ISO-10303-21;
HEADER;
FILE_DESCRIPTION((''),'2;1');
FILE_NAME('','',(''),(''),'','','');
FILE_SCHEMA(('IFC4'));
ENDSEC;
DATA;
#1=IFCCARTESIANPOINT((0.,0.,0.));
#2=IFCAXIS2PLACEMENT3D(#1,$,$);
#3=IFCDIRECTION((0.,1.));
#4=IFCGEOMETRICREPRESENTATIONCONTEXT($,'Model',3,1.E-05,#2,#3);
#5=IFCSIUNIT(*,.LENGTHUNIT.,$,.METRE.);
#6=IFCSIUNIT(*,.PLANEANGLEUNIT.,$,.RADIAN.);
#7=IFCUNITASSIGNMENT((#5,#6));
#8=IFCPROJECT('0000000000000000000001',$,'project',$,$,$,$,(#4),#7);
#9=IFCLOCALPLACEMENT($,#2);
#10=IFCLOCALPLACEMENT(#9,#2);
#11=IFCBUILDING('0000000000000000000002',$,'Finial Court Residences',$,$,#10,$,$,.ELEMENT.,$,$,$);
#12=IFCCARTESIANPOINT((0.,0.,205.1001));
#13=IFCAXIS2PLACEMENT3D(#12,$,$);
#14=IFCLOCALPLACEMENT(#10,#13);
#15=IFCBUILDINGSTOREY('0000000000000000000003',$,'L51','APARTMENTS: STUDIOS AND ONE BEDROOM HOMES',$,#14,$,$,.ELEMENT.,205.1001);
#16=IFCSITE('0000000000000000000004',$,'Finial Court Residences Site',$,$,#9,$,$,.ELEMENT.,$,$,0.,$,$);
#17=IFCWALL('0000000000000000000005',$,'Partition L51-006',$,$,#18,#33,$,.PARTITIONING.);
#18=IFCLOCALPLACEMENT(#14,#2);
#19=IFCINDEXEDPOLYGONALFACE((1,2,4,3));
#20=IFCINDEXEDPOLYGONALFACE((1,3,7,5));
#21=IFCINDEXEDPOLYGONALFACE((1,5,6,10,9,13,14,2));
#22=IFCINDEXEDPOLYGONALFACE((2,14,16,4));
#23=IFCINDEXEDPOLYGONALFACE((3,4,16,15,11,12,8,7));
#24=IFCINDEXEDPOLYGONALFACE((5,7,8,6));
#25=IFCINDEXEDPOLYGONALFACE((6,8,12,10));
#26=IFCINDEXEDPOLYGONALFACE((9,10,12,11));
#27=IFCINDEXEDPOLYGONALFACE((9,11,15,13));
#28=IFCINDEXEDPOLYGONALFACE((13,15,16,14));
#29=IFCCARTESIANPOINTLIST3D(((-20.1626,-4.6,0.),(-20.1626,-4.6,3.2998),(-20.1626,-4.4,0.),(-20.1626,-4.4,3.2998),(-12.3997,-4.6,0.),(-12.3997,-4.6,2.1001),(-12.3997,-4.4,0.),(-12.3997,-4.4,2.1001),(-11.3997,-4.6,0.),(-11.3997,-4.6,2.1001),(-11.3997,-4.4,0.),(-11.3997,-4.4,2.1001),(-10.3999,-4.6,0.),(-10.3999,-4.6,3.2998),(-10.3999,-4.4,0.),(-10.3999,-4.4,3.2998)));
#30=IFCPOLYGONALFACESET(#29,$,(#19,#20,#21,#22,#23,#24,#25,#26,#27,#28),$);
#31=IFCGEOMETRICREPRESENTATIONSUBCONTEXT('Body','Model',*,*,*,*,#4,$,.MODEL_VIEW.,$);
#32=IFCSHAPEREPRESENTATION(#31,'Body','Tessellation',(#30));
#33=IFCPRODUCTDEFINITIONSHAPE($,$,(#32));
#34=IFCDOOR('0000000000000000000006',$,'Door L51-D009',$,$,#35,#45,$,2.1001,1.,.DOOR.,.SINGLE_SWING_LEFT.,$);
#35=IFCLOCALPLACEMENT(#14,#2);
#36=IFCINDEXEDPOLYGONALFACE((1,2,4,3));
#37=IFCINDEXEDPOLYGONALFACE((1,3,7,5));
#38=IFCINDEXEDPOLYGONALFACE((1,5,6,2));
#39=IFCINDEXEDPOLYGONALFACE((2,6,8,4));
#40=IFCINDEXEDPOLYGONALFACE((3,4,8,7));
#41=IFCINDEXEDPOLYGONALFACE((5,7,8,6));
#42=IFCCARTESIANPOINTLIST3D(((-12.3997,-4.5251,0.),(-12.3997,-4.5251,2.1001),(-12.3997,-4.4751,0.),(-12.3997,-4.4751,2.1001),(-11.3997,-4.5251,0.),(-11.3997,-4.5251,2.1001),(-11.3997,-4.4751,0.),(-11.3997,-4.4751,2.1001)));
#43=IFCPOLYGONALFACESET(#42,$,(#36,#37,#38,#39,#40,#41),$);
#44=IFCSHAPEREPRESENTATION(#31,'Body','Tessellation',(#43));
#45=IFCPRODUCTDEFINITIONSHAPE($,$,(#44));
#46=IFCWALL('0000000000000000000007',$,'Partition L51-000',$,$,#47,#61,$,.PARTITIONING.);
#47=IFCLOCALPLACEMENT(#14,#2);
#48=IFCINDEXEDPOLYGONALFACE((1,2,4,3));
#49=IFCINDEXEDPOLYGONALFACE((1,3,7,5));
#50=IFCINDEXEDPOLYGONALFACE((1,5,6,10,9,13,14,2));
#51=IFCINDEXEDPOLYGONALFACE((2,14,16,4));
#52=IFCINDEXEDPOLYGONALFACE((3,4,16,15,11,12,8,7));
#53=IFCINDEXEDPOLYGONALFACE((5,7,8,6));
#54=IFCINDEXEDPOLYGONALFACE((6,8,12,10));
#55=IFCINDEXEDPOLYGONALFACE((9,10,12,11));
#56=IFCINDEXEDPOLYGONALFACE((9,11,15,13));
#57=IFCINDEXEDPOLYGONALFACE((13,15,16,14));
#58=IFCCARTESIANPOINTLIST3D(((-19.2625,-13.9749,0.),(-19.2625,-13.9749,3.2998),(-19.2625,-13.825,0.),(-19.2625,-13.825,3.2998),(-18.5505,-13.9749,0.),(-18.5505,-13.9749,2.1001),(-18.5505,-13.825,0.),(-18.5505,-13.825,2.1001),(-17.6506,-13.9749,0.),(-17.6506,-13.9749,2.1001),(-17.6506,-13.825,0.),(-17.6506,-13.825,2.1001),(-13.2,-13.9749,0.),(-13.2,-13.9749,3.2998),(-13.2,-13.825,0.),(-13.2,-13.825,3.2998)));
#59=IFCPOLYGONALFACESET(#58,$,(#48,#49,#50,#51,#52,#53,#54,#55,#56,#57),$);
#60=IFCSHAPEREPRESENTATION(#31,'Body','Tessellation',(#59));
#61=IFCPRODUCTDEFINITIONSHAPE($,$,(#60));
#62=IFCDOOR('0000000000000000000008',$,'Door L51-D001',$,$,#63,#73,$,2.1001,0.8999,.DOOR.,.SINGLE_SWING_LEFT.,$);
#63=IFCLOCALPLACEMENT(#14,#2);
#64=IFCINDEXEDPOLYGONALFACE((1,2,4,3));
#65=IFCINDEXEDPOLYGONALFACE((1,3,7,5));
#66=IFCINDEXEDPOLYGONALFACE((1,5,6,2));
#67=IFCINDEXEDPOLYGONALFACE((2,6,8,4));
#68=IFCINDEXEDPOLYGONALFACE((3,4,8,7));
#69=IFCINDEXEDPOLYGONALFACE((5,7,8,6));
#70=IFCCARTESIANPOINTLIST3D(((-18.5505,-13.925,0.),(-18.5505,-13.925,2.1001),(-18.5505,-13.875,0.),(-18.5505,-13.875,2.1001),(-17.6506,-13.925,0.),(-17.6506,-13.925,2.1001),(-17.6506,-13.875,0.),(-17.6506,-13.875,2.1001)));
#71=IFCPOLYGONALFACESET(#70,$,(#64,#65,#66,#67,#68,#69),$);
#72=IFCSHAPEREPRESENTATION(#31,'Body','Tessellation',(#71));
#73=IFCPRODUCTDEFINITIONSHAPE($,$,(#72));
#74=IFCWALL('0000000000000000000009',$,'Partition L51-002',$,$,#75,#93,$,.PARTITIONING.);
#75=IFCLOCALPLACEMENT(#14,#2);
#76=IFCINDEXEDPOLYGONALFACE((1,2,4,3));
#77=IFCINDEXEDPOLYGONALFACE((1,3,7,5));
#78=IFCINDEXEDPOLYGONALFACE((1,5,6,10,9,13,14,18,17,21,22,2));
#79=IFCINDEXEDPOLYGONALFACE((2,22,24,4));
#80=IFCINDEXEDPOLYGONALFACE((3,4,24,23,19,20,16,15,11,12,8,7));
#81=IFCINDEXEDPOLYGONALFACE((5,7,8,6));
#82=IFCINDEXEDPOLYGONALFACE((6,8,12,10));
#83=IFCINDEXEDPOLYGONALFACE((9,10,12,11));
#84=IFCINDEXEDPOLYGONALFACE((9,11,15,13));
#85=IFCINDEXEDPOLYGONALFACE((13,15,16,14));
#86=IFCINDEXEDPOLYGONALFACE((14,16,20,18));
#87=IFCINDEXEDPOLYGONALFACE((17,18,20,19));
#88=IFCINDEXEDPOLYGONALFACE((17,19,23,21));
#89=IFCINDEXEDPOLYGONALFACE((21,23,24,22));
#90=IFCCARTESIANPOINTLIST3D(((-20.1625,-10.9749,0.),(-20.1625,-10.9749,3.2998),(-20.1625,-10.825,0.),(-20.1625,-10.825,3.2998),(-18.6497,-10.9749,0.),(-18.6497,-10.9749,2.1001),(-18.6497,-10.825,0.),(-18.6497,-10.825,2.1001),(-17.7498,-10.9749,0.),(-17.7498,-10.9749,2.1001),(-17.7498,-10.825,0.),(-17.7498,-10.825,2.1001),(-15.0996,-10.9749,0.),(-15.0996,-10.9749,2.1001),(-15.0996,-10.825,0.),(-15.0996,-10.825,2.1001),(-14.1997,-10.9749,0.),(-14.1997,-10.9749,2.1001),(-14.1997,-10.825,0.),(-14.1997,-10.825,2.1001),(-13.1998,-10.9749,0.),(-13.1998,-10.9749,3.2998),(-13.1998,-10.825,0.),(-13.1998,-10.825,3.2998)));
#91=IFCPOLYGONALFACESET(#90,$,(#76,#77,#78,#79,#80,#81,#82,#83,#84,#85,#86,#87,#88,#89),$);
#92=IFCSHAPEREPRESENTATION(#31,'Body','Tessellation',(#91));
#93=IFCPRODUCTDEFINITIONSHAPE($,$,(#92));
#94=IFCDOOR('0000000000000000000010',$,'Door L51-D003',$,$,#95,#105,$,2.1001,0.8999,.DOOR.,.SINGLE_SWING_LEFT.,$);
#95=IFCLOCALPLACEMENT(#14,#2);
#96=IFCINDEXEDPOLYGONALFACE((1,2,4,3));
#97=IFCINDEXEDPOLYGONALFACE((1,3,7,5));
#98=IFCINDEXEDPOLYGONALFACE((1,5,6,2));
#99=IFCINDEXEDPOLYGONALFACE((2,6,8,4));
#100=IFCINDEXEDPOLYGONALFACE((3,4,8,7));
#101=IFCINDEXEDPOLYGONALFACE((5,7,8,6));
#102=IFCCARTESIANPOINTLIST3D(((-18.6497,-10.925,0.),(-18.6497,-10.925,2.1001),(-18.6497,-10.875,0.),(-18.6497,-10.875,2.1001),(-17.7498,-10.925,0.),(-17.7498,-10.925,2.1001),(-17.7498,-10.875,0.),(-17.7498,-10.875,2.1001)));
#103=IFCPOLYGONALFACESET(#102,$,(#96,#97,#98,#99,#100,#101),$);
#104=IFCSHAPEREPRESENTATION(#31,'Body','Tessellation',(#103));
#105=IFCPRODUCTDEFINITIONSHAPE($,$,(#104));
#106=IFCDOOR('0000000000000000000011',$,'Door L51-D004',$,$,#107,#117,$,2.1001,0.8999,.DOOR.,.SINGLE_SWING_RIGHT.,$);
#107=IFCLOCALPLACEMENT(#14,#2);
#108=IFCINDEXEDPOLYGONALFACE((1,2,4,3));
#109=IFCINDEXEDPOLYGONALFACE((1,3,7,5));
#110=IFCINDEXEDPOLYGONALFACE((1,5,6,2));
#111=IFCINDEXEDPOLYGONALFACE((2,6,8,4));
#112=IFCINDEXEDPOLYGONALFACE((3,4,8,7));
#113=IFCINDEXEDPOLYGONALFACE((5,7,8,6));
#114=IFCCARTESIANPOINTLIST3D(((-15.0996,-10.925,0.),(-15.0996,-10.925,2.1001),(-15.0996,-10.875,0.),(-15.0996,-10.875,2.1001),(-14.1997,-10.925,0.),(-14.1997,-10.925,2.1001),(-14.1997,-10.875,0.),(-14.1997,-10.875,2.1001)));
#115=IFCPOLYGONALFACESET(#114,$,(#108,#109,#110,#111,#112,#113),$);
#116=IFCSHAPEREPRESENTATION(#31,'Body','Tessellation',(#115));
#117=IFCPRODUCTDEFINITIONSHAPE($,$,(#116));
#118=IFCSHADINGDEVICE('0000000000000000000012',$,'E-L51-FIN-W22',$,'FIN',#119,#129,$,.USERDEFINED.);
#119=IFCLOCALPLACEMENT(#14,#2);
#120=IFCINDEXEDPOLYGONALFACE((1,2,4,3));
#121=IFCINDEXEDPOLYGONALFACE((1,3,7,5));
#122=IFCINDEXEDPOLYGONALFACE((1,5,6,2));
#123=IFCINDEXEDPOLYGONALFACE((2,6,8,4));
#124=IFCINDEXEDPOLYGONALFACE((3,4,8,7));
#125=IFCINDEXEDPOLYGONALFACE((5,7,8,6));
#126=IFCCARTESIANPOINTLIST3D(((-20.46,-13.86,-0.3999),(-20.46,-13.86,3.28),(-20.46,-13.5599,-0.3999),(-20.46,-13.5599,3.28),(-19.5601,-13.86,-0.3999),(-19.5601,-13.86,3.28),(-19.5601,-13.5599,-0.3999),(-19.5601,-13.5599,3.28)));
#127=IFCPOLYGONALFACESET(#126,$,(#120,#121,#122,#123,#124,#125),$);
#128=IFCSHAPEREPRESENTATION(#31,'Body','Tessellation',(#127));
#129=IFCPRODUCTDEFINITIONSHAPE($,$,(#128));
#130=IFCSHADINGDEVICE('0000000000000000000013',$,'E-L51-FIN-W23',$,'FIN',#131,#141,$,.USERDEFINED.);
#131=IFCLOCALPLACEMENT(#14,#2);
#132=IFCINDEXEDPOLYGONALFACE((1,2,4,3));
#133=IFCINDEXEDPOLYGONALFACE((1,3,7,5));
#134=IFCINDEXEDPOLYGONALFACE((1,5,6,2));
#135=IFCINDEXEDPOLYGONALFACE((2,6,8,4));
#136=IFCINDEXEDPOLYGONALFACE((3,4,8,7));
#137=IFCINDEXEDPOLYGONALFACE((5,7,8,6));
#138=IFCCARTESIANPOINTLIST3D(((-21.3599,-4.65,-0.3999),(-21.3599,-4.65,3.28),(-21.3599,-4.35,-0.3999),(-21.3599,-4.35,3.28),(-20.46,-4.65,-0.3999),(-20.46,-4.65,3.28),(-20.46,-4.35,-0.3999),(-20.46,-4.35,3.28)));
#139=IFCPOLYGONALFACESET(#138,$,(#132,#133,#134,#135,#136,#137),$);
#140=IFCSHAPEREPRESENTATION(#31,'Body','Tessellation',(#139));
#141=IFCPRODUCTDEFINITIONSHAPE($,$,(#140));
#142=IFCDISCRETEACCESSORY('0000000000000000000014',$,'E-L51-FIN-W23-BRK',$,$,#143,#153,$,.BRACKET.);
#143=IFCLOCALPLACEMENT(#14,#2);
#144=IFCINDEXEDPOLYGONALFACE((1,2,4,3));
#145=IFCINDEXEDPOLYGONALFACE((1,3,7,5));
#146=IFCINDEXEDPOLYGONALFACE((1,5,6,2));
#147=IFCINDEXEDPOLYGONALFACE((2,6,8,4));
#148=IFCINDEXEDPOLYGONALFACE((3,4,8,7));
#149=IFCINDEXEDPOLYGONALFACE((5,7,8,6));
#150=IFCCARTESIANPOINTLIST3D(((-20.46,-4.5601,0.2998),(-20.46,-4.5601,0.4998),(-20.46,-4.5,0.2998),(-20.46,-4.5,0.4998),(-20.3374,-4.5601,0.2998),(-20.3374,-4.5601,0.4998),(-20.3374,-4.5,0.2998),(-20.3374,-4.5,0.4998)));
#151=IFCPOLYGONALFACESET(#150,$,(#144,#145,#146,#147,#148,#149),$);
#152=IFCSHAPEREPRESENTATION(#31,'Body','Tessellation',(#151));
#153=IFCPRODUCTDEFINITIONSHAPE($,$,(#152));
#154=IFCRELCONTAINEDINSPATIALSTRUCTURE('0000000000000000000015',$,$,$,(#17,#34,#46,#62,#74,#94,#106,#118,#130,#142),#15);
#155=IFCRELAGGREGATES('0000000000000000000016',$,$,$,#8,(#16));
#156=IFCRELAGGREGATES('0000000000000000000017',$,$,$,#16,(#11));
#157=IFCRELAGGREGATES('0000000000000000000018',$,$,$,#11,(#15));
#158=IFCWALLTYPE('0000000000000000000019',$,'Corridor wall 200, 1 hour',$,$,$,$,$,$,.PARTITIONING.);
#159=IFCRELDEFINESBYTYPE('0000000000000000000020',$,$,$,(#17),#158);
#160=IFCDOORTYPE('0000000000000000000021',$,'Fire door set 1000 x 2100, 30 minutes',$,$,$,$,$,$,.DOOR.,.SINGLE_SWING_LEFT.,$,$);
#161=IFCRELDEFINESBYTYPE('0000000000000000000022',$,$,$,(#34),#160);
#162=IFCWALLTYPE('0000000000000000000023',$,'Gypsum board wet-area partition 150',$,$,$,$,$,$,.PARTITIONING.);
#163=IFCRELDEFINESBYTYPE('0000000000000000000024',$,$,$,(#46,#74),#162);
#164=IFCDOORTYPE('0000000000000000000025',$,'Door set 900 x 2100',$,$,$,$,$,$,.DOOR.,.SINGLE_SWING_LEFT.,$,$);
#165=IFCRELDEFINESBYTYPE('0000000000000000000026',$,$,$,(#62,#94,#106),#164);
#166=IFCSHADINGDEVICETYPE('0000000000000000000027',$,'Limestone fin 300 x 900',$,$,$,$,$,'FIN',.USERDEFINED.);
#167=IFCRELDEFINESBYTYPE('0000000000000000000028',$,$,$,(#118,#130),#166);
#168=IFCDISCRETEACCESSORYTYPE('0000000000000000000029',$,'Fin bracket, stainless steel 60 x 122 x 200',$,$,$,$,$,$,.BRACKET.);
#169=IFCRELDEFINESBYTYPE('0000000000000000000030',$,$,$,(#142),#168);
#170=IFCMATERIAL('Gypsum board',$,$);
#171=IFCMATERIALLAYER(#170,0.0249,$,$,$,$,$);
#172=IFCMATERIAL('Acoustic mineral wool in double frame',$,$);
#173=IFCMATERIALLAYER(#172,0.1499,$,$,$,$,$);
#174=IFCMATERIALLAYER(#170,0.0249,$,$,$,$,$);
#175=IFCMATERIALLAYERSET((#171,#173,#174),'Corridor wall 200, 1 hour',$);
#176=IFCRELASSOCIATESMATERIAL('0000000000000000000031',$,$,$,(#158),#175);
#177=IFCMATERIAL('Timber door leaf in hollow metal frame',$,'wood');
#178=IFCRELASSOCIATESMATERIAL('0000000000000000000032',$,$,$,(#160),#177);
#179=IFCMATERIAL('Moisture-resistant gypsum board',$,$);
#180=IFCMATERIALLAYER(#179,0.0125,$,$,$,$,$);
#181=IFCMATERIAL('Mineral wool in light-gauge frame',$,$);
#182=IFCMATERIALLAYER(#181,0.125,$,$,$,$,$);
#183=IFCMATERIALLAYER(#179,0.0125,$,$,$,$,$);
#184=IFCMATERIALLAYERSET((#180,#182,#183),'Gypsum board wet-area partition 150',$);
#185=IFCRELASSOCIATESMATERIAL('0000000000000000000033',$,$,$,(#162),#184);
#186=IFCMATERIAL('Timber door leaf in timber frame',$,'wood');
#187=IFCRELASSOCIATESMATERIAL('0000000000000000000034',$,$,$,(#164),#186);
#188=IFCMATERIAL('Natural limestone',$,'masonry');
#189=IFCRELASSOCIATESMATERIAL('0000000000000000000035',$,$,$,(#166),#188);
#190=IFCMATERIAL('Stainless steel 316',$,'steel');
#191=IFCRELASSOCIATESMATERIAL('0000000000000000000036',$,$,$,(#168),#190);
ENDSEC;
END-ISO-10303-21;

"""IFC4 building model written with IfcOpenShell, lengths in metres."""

from ifc_helpers import new_model, si_unit, direction, frame, frame_2d, origin, origin_2d, place, context, subcontext, project, spatial, rectangle, extrude, material, layer, layer_set, type_object, element, fill, save


model = new_model("IFC4")

# Units and contexts
model_context = context("Model", 3, precision=1e-05, world=origin(), true_north=direction((0.0, 1.0)))
body_context = subcontext(model_context, "Body", "Model", "MODEL_VIEW")
ifc_project = project(units=[si_unit("LENGTHUNIT", "METRE"), si_unit("PLANEANGLEUNIT", "RADIAN")], contexts=[model_context])

# Site, building, storey
site_placement = place(None, origin())
site = spatial("IfcSite", under=ifc_project, at=site_placement, Name="Finial Court Residences Site", CompositionType="ELEMENT", RefElevation=0.0)
building_placement = place(site_placement, origin())
building = spatial("IfcBuilding", under=site, at=building_placement, Name="Finial Court Residences", CompositionType="ELEMENT")
storey_placement = place(building_placement, frame((0.0, 0.0, 205.1001)))
storey = spatial("IfcBuildingStorey", under=building, at=storey_placement, Name="L51", Description="APARTMENTS: STUDIOS AND ONE BEDROOM HOMES", CompositionType="ELEMENT", Elevation=205.1001)

# Walls, openings, doors
ifc_material_1 = material(Name="Gypsum board")
ifc_layer_1 = layer(ifc_material_1, 0.0249)
ifc_material_2 = material(Name="Acoustic mineral wool in double frame")
ifc_layer_2 = layer(ifc_material_2, 0.1499)
ifc_layer_3 = layer(ifc_material_1, 0.0249)
ifc_layer_set_1 = layer_set([ifc_layer_1, ifc_layer_2, ifc_layer_3], Name="Corridor wall 200, 1 hour")
wall_type_1 = type_object("IfcWallType", Name="Corridor wall 200, 1 hour", PredefinedType="PARTITIONING", material=ifc_layer_set_1)
ifc_material_3 = material(Name="Timber door leaf in hollow metal frame", Category="wood")
door_type_1 = type_object("IfcDoorType", Name="Fire door set 1000 x 2100, 30 minutes", OperationType="SINGLE_SWING_LEFT", PredefinedType="DOOR", material=ifc_material_3)
wall_1_placement = place(storey_placement, frame((-20.1626, -4.5, 0.0), z_axis=(0.0, 0.0, 1.0), x_axis=(1.0, 0.0, 0.0)))
wall_1 = element("IfcWall", 1, at=wall_1_placement, inside=storey, type_object=wall_type_1, Name="Partition L51-006", PredefinedType="PARTITIONING", context=body_context, shape_type="SweptSolid", body=[
    extrude(rectangle(XDim=9.7627, YDim=0.2, at=frame_2d((4.8813, 0.0))), origin(), (0.0, 0.0, 1.0), 3.2998),
])
opening_1_placement = place(wall_1_placement, frame((7.7629, 0.0, 0.0)))
opening_1 = element("IfcOpeningElement", 2, at=opening_1_placement, cuts=wall_1, PredefinedType="OPENING", context=body_context, shape_type="SweptSolid", body=[
    extrude(rectangle(XDim=1.0, YDim=2.1001, at=frame_2d((0.5, 1.05))), frame((0.0, 0.1099, 0.0), z_axis=(0.0, -1.0, 0.0), x_axis=(1.0, 0.0, 0.0)), (0.0, 0.0, 1.0), 0.22),
])
door_1_placement = place(opening_1_placement, origin())
door_1 = element("IfcDoor", 3, at=door_1_placement, inside=storey, type_object=door_type_1, Name="Door L51-D009", OperationType="SINGLE_SWING_LEFT", OverallHeight=2.1001, OverallWidth=1.0, PredefinedType="DOOR", context=body_context, shape_type="SweptSolid", body=[
    extrude(rectangle(XDim=1.0, YDim=2.1001, at=frame_2d((0.5, 1.05))), frame((0.0, 0.0249, 0.0), z_axis=(0.0, -1.0, 0.0), x_axis=(1.0, 0.0, 0.0)), (0.0, 0.0, 1.0), 0.05),
])
fill(opening_1, door_1)
ifc_material_4 = material(Name="Moisture-resistant gypsum board")
ifc_layer_4 = layer(ifc_material_4, 0.0125)
ifc_material_5 = material(Name="Mineral wool in light-gauge frame")
ifc_layer_5 = layer(ifc_material_5, 0.125)
ifc_layer_6 = layer(ifc_material_4, 0.0125)
ifc_layer_set_2 = layer_set([ifc_layer_4, ifc_layer_5, ifc_layer_6], Name="Gypsum board wet-area partition 150")
wall_type_2 = type_object("IfcWallType", Name="Gypsum board wet-area partition 150", PredefinedType="PARTITIONING", material=ifc_layer_set_2)
wall_2_placement = place(storey_placement, frame((-19.2625, -13.8999, 0.0), z_axis=(0.0, 0.0, 1.0), x_axis=(1.0, 0.0, 0.0)))
wall_2 = element("IfcWall", 4, at=wall_2_placement, inside=storey, type_object=wall_type_2, Name="Partition L51-000", PredefinedType="PARTITIONING", context=body_context, shape_type="SweptSolid", body=[
    extrude(rectangle(XDim=6.0625, YDim=0.1499, at=frame_2d((3.0312, 0.0))), origin(), (0.0, 0.0, 1.0), 3.2998),
])
opening_2_placement = place(wall_2_placement, frame((0.7119, 0.0, 0.0)))
opening_2 = element("IfcOpeningElement", 5, at=opening_2_placement, cuts=wall_2, PredefinedType="OPENING", context=body_context, shape_type="SweptSolid", body=[
    extrude(rectangle(XDim=0.8999, YDim=2.1001, at=frame_2d((0.45, 1.05))), frame((0.0, 0.085, 0.0), z_axis=(0.0, -1.0, 0.0), x_axis=(1.0, 0.0, 0.0)), (0.0, 0.0, 1.0), 0.1699),
])
ifc_material_6 = material(Name="Timber door leaf in timber frame", Category="wood")
door_type_2 = type_object("IfcDoorType", Name="Door set 900 x 2100", OperationType="SINGLE_SWING_LEFT", PredefinedType="DOOR", material=ifc_material_6)
door_2_placement = place(opening_2_placement, origin())
door_2 = element("IfcDoor", 6, at=door_2_placement, inside=storey, type_object=door_type_2, Name="Door L51-D001", OperationType="SINGLE_SWING_LEFT", OverallHeight=2.1001, OverallWidth=0.8999, PredefinedType="DOOR", context=body_context, shape_type="SweptSolid", body=[
    extrude(rectangle(XDim=0.8999, YDim=2.1001, at=frame_2d((0.45, 1.05))), frame((0.0, 0.0249, 0.0), z_axis=(0.0, -1.0, 0.0), x_axis=(1.0, 0.0, 0.0)), (0.0, 0.0, 1.0), 0.05),
])
fill(opening_2, door_2)

# Wall, openings, doors
wall_3_placement = place(storey_placement, frame((-20.1626, -10.8999, 0.0), z_axis=(0.0, 0.0, 1.0), x_axis=(1.0, 0.0, 0.0)))
wall_3 = element("IfcWall", 7, at=wall_3_placement, inside=storey, type_object=wall_type_2, Name="Partition L51-002", PredefinedType="PARTITIONING", context=body_context, shape_type="SweptSolid", body=[
    extrude(rectangle(XDim=6.9626, YDim=0.1499, at=frame_2d((3.4814, 0.0))), origin(), (0.0, 0.0, 1.0), 3.2998),
])
opening_3_placement = place(wall_3_placement, frame((1.5129, 0.0, 0.0)))
opening_3 = element("IfcOpeningElement", 8, at=opening_3_placement, cuts=wall_3, PredefinedType="OPENING", context=body_context, shape_type="SweptSolid", body=[
    extrude(rectangle(XDim=0.8999, YDim=2.1001, at=frame_2d((0.45, 1.05))), frame((0.0, 0.085, 0.0), z_axis=(0.0, -1.0, 0.0), x_axis=(1.0, 0.0, 0.0)), (0.0, 0.0, 1.0), 0.1699),
])
opening_4_placement = place(wall_3_placement, frame((5.063, 0.0, 0.0)))
opening_4 = element("IfcOpeningElement", 9, at=opening_4_placement, cuts=wall_3, PredefinedType="OPENING", context=body_context, shape_type="SweptSolid", body=[
    extrude(rectangle(XDim=0.8999, YDim=2.1001, at=frame_2d((0.45, 1.05))), frame((0.0, 0.085, 0.0), z_axis=(0.0, -1.0, 0.0), x_axis=(1.0, 0.0, 0.0)), (0.0, 0.0, 1.0), 0.1699),
])
door_3_placement = place(opening_3_placement, origin())
door_3 = element("IfcDoor", 10, at=door_3_placement, inside=storey, type_object=door_type_2, Name="Door L51-D003", OperationType="SINGLE_SWING_LEFT", OverallHeight=2.1001, OverallWidth=0.8999, PredefinedType="DOOR", context=body_context, shape_type="SweptSolid", body=[
    extrude(rectangle(XDim=0.8999, YDim=2.1001, at=frame_2d((0.45, 1.05))), frame((0.0, 0.0249, 0.0), z_axis=(0.0, -1.0, 0.0), x_axis=(1.0, 0.0, 0.0)), (0.0, 0.0, 1.0), 0.05),
])
fill(opening_3, door_3)
door_4_placement = place(opening_4_placement, origin())
door_4 = element("IfcDoor", 11, at=door_4_placement, inside=storey, type_object=door_type_2, Name="Door L51-D004", OperationType="SINGLE_SWING_RIGHT", OverallHeight=2.1001, OverallWidth=0.8999, PredefinedType="DOOR", context=body_context, shape_type="SweptSolid", body=[
    extrude(rectangle(XDim=0.8999, YDim=2.1001, at=frame_2d((0.45, 1.05))), frame((0.0, 0.0249, 0.0), z_axis=(0.0, -1.0, 0.0), x_axis=(1.0, 0.0, 0.0)), (0.0, 0.0, 1.0), 0.05),
])
fill(opening_4, door_4)

# Shading devices
ifc_material_7 = material(Name="Natural limestone", Category="masonry")
shading_device_type = type_object("IfcShadingDeviceType", Name="Limestone fin 300 x 900", ElementType="FIN", PredefinedType="USERDEFINED", material=ifc_material_7)
for number, where, z_axis, x_axis, name in (
    (12, (-20.01, -13.71, -0.3999), (0.0, 0.0, 1.0), (1.0, 0.0, 0.0), "E-L51-FIN-W22"),
    (13, (-20.9099, -4.5, -0.3999), (0.0, 0.0, 1.0), (1.0, 0.0, 0.0), "E-L51-FIN-W23"),
):
    element("IfcShadingDevice", number, at=place(storey_placement, frame(where, z_axis=z_axis, x_axis=x_axis)), inside=storey, type_object=shading_device_type, Name=name, ObjectType="FIN", PredefinedType="USERDEFINED", context=body_context, shape_type="SweptSolid", body=[
        extrude(rectangle(XDim=0.8999, YDim=0.3, at=origin_2d()), origin(), (0.0, 0.0, 1.0), 3.6799),
    ])

# Discrete accessory
ifc_material_8 = material(Name="Stainless steel 316", Category="steel")
discrete_accessory_type = type_object("IfcDiscreteAccessoryType", Name="Fin bracket, stainless steel 60 x 122 x 200", PredefinedType="BRACKET", material=ifc_material_8)
discrete_accessory_placement = place(storey_placement, frame((-20.3987, -4.53, 0.2998), z_axis=(0.0, 0.0, 1.0), x_axis=(1.0, 0.0, 0.0)))
element("IfcDiscreteAccessory", 14, at=discrete_accessory_placement, inside=storey, type_object=discrete_accessory_type, Name="E-L51-FIN-W23-BRK", PredefinedType="BRACKET", context=body_context, shape_type="SweptSolid", body=[
    extrude(rectangle(XDim=0.1226, YDim=0.0601, at=origin_2d()), origin(), (0.0, 0.0, 1.0), 0.2),
])

save(model, "model.ifc")
